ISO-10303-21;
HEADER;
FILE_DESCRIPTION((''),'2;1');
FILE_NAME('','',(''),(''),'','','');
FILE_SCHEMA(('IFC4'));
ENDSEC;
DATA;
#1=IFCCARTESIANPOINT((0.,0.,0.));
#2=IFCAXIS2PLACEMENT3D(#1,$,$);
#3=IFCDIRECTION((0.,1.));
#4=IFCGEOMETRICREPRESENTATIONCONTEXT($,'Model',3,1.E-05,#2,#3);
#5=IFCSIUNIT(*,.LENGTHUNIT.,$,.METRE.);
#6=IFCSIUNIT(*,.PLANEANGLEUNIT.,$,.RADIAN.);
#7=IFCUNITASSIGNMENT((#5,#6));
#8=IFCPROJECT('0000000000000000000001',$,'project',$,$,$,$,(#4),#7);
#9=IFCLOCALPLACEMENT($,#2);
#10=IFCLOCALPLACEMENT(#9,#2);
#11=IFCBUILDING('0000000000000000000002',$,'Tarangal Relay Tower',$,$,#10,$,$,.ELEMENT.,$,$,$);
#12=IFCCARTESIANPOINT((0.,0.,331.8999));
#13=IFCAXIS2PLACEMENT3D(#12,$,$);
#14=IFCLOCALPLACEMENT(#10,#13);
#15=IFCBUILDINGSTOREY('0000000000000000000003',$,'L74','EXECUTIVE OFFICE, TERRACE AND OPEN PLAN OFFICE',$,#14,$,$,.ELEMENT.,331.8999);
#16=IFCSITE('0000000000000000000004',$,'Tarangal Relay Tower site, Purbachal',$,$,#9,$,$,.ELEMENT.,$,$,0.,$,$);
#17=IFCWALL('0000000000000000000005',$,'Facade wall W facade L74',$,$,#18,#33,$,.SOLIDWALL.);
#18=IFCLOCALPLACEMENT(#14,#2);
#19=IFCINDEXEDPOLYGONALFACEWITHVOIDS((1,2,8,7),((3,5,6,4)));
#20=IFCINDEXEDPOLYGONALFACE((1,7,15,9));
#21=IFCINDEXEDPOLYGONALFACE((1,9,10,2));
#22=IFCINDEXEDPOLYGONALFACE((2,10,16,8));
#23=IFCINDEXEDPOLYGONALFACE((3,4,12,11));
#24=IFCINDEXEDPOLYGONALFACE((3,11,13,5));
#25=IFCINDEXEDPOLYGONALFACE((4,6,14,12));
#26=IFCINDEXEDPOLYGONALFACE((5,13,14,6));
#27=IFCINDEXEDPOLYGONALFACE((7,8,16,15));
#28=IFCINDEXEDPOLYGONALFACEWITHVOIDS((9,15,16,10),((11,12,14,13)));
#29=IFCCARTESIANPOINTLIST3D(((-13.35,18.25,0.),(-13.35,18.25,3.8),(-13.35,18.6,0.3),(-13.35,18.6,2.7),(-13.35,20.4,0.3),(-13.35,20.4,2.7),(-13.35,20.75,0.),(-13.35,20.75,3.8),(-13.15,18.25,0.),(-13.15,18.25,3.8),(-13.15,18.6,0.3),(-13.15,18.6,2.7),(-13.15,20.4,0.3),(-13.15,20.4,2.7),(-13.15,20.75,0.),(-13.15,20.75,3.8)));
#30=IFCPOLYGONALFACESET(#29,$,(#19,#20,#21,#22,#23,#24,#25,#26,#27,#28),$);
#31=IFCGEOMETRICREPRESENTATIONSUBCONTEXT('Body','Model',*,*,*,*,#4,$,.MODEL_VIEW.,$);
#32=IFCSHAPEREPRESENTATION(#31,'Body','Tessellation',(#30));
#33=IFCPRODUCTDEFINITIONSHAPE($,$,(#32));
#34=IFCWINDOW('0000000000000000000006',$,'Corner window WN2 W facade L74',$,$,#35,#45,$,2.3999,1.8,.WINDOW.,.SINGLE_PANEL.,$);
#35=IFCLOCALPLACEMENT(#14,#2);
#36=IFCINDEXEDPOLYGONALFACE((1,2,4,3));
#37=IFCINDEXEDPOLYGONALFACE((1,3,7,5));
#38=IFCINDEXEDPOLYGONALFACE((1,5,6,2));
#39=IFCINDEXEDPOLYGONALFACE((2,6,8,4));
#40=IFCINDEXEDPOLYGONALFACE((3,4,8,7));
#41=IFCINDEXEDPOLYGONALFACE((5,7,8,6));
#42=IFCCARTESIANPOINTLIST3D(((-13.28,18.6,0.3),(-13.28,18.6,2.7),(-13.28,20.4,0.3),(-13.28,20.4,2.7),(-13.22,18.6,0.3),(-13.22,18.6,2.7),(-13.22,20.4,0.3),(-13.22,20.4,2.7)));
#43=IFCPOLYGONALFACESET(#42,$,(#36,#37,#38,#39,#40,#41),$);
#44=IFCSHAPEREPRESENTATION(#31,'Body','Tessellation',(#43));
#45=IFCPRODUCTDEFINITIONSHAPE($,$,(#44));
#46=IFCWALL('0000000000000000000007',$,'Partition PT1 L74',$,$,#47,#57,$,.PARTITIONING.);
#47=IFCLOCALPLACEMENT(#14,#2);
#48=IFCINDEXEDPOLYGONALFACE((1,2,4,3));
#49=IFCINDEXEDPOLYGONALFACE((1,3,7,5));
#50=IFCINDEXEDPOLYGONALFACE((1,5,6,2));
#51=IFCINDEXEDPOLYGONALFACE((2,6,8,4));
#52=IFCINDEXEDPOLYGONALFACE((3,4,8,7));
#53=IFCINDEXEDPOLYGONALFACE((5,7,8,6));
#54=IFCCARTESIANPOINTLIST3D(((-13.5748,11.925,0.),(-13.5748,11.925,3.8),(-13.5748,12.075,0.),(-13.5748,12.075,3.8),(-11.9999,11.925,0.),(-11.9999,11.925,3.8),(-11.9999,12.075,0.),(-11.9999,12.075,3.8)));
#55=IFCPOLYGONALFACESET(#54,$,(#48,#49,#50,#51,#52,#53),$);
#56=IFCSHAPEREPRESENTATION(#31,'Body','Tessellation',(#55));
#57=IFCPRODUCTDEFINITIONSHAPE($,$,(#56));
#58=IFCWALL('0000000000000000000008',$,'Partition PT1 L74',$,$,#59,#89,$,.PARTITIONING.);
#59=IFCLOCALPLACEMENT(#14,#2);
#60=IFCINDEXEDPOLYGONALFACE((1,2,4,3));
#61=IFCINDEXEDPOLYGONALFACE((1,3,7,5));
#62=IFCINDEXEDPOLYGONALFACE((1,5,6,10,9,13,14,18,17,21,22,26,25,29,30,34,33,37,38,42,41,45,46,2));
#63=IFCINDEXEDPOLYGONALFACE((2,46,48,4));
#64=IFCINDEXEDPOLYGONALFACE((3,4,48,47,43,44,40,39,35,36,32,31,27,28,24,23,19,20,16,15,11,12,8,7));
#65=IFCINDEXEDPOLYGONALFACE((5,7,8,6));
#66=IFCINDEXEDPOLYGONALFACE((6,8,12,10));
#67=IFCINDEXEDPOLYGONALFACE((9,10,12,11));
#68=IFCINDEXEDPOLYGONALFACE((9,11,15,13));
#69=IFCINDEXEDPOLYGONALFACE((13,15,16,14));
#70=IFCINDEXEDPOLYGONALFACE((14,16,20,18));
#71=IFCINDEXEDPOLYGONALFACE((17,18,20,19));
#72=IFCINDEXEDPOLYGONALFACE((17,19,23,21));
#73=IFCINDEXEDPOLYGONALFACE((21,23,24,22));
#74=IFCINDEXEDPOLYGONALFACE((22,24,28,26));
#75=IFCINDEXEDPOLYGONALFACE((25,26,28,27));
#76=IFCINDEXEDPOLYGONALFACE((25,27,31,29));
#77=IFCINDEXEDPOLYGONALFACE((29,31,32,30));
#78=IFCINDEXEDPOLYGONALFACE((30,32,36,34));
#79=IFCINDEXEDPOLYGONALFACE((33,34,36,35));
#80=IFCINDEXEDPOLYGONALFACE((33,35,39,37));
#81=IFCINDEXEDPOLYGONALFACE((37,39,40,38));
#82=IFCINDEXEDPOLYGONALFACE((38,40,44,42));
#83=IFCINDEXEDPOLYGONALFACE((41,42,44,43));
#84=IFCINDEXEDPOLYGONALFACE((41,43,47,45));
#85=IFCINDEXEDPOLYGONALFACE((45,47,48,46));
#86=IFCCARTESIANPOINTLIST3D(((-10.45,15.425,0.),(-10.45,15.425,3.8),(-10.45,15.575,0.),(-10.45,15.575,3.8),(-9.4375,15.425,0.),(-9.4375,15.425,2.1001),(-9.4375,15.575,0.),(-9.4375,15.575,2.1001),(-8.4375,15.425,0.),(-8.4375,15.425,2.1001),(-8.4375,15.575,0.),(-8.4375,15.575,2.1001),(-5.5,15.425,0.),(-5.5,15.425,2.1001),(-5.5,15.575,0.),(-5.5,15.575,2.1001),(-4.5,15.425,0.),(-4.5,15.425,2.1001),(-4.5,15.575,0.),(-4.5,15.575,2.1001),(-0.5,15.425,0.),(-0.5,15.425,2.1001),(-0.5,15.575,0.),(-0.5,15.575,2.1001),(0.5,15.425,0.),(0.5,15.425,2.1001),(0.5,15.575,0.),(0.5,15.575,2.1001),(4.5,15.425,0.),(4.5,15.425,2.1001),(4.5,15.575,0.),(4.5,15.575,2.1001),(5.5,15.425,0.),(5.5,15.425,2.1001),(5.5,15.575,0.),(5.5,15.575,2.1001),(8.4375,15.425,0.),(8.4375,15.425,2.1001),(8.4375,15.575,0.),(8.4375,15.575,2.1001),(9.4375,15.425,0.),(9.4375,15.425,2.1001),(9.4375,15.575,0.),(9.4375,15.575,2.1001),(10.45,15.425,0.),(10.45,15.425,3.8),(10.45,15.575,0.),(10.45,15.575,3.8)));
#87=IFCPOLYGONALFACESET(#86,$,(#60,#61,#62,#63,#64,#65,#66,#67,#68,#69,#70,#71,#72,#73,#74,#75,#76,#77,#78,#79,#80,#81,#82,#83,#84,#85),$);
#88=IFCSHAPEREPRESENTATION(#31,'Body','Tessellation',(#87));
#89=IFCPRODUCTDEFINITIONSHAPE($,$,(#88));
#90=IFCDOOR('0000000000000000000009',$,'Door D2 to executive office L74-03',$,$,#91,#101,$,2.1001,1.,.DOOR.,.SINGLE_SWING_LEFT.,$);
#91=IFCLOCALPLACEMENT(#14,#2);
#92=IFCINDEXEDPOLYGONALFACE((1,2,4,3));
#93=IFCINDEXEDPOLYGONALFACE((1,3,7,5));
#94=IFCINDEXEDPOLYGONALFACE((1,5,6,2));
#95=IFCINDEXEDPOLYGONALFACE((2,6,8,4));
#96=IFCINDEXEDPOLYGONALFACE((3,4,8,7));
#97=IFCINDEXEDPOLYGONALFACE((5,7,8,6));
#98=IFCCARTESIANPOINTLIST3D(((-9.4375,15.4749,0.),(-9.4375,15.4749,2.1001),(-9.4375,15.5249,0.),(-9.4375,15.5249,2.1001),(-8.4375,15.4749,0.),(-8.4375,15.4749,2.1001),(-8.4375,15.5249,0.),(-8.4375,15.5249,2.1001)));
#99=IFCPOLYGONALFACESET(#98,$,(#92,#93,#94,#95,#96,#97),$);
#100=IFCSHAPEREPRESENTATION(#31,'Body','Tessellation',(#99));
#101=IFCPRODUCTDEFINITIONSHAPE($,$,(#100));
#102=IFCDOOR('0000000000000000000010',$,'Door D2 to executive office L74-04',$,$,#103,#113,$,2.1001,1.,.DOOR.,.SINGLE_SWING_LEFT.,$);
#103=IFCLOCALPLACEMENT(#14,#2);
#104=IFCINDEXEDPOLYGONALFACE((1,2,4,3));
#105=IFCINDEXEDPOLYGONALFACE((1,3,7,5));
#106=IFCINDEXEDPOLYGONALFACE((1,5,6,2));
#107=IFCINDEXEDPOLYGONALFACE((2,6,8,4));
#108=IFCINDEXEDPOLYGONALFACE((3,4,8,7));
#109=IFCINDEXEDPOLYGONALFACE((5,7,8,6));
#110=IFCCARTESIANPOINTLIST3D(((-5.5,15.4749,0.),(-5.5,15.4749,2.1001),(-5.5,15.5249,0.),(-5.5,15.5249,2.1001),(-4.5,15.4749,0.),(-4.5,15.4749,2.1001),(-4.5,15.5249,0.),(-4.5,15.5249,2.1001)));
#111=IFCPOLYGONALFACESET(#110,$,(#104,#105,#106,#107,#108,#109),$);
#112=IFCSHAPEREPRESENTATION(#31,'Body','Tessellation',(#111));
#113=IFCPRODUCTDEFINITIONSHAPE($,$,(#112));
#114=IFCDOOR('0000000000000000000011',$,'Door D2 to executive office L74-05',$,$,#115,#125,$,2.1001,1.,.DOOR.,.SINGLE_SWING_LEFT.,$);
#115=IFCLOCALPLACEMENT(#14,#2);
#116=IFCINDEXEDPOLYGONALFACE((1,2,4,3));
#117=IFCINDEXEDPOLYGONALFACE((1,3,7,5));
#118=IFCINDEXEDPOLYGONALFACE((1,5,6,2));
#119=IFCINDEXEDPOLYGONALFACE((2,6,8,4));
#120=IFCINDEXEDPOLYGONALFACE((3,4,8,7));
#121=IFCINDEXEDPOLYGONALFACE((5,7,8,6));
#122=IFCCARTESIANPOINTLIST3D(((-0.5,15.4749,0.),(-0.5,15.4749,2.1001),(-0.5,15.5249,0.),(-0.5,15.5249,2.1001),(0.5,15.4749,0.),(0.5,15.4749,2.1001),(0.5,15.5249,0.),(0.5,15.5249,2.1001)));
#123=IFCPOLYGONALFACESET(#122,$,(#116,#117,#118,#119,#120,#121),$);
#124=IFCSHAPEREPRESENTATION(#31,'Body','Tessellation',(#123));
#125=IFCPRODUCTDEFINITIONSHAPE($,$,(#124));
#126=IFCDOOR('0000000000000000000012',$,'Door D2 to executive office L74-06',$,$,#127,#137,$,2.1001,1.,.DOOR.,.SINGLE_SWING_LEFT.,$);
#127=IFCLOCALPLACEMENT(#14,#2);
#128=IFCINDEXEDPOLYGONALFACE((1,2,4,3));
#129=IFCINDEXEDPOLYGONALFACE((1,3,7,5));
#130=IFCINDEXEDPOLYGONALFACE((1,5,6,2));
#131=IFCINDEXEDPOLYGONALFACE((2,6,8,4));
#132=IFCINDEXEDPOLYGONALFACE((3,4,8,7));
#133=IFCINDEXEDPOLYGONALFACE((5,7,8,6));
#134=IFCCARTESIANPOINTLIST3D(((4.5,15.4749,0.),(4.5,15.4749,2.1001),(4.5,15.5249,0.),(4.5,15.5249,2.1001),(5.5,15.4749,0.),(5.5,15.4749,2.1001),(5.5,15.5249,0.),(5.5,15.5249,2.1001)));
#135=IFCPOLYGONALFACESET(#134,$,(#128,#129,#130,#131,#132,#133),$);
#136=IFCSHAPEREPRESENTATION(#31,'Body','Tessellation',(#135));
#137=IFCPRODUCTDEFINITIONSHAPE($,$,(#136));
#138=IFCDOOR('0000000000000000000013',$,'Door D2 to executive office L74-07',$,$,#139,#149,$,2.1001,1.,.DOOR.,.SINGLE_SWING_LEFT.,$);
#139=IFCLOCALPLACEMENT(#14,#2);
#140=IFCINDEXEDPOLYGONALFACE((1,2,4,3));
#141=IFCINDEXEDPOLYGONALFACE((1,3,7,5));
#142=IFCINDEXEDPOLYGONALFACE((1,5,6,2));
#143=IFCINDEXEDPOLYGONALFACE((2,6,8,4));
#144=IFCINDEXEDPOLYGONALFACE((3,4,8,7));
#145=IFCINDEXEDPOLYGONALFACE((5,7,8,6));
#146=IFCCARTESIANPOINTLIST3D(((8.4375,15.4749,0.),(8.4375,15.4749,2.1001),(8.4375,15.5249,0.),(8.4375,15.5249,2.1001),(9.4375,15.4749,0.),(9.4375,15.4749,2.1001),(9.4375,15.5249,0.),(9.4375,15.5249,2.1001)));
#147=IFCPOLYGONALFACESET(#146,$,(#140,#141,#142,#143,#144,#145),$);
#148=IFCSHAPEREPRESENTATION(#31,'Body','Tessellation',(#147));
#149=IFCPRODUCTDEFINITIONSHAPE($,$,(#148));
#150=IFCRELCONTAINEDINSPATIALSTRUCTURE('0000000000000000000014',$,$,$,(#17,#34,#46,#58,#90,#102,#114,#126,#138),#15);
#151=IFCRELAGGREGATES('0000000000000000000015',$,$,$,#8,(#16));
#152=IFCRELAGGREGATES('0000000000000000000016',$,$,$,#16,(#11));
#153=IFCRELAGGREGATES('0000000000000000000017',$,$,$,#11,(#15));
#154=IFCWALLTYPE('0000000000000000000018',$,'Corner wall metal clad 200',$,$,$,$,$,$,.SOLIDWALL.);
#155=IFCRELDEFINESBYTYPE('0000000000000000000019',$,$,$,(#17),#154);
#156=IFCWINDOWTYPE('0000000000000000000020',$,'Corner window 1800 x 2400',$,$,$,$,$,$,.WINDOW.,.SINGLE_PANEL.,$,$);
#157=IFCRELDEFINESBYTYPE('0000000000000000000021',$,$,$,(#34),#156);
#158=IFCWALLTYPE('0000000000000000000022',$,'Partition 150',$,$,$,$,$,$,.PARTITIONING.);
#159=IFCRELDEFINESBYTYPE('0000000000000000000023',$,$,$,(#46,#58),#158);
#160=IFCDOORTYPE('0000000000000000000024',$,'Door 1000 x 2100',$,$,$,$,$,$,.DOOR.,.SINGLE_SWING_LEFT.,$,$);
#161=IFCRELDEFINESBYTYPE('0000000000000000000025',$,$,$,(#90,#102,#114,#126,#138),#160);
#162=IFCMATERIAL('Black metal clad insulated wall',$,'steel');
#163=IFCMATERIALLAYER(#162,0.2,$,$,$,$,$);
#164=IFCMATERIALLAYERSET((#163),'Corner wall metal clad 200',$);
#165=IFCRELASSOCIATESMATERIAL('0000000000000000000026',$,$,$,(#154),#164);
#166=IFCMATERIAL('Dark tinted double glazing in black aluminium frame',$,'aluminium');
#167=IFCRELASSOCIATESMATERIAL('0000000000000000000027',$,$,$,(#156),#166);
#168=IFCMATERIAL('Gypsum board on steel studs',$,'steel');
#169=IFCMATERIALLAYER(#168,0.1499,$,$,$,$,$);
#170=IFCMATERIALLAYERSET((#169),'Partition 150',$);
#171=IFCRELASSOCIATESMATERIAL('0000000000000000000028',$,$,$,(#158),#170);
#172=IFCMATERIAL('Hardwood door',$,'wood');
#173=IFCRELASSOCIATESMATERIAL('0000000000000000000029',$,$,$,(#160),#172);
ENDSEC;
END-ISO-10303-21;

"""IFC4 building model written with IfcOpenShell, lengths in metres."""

from ifc_helpers import new_model, si_unit, direction, frame, frame_2d, origin, place, context, subcontext, project, spatial, rectangle, extrude, material, layer, layer_set, type_object, element, fill, save


model = new_model("IFC4")

# Units and contexts
model_context = context("Model", 3, precision=1e-05, world=origin(), true_north=direction((0.0, 1.0)))
body_context = subcontext(model_context, "Body", "Model", "MODEL_VIEW")
ifc_project = project(units=[si_unit("LENGTHUNIT", "METRE"), si_unit("PLANEANGLEUNIT", "RADIAN")], contexts=[model_context])

# Site, building, storey
site_placement = place(None, origin())
site = spatial("IfcSite", under=ifc_project, at=site_placement, Name="Tarangal Relay Tower site, Purbachal", CompositionType="ELEMENT", RefElevation=0.0)
building_placement = place(site_placement, origin())
building = spatial("IfcBuilding", under=site, at=building_placement, Name="Tarangal Relay Tower", CompositionType="ELEMENT")
storey_placement = place(building_placement, frame((0.0, 0.0, 331.8999)))
storey = spatial("IfcBuildingStorey", under=building, at=storey_placement, Name="L74", Description="EXECUTIVE OFFICE, TERRACE AND OPEN PLAN OFFICE", CompositionType="ELEMENT", Elevation=331.8999)

# Wall, opening, window
ifc_material_1 = material(Name="Black metal clad insulated wall", Category="steel")
ifc_layer_1 = layer(ifc_material_1, 0.2)
ifc_layer_set_1 = layer_set([ifc_layer_1], Name="Corner wall metal clad 200")
wall_type_1 = type_object("IfcWallType", Name="Corner wall metal clad 200", PredefinedType="SOLIDWALL", material=ifc_layer_set_1)
wall_1_placement = place(storey_placement, frame((-13.25, 18.25, 0.0), z_axis=(0.0, 0.0, 1.0), x_axis=(0.0, 1.0, 0.0)))
wall_1 = element("IfcWall", 1, at=wall_1_placement, inside=storey, type_object=wall_type_1, Name="Facade wall W facade L74", PredefinedType="SOLIDWALL", context=body_context, shape_type="SweptSolid", body=[
    extrude(rectangle(XDim=2.5, YDim=0.2, at=frame_2d((1.25, 0.0))), origin(), (0.0, 0.0, 1.0), 3.8),
])
opening_1_placement = place(wall_1_placement, frame((0.3501, 0.0, 0.3)))
opening_1 = element("IfcOpeningElement", 2, at=opening_1_placement, cuts=wall_1, PredefinedType="OPENING", context=body_context, shape_type="SweptSolid", body=[
    extrude(rectangle(XDim=1.8, YDim=2.3999, at=frame_2d((0.8999, 1.2))), frame((0.0, 0.1099, 0.0), z_axis=(0.0, -1.0, 0.0), x_axis=(1.0, 0.0, 0.0)), (0.0, 0.0, 1.0), 0.22),
])
ifc_material_2 = material(Name="Dark tinted double glazing in black aluminium frame", Category="aluminium")
window_type = type_object("IfcWindowType", Name="Corner window 1800 x 2400", PartitioningType="SINGLE_PANEL", PredefinedType="WINDOW", material=ifc_material_2)
window_placement = place(opening_1_placement, origin())
window = element("IfcWindow", 3, at=window_placement, inside=storey, type_object=window_type, Name="Corner window WN2 W facade L74", OverallHeight=2.3999, OverallWidth=1.8, PartitioningType="SINGLE_PANEL", PredefinedType="WINDOW", context=body_context, shape_type="SweptSolid", body=[
    extrude(rectangle(XDim=1.8, YDim=2.3999, at=frame_2d((0.8999, 1.2))), frame((0.0, 0.03, 0.0), z_axis=(0.0, -1.0, 0.0), x_axis=(1.0, 0.0, 0.0)), (0.0, 0.0, 1.0), 0.0601),
])
fill(opening_1, window)

# Wall
ifc_material_3 = material(Name="Gypsum board on steel studs", Category="steel")
ifc_layer_2 = layer(ifc_material_3, 0.1499)
ifc_layer_set_2 = layer_set([ifc_layer_2], Name="Partition 150")
wall_type_2 = type_object("IfcWallType", Name="Partition 150", PredefinedType="PARTITIONING", material=ifc_layer_set_2)
wall_2_placement = place(storey_placement, frame((-13.575, 12.0, 0.0), z_axis=(0.0, 0.0, 1.0), x_axis=(1.0, 0.0, 0.0)))
element("IfcWall", 4, at=wall_2_placement, inside=storey, type_object=wall_type_2, Name="Partition PT1 L74", PredefinedType="PARTITIONING", context=body_context, shape_type="SweptSolid", body=[
    extrude(rectangle(XDim=1.575, YDim=0.1499, at=frame_2d((0.7876, 0.0))), origin(), (0.0, 0.0, 1.0), 3.8),
])

# Wall, openings, doors
wall_3_placement = place(storey_placement, frame((-10.45, 15.5, 0.0), z_axis=(0.0, 0.0, 1.0), x_axis=(1.0, 0.0, 0.0)))
wall_3 = element("IfcWall", 5, at=wall_3_placement, inside=storey, type_object=wall_type_2, Name="Partition PT1 L74", PredefinedType="PARTITIONING", context=body_context, shape_type="SweptSolid", body=[
    extrude(rectangle(XDim=20.8999, YDim=0.1499, at=frame_2d((10.45, 0.0))), origin(), (0.0, 0.0, 1.0), 3.8),
])
opening_2_placement = place(wall_3_placement, frame((1.0125, 0.0, 0.0)))
opening_2 = element("IfcOpeningElement", 6, at=opening_2_placement, cuts=wall_3, PredefinedType="OPENING", context=body_context, shape_type="SweptSolid", body=[
    extrude(rectangle(XDim=1.0, YDim=2.1001, at=frame_2d((0.5, 1.05))), frame((0.0, 0.085, 0.0), z_axis=(0.0, -1.0, 0.0), x_axis=(1.0, 0.0, 0.0)), (0.0, 0.0, 1.0), 0.1699),
])
opening_3_placement = place(wall_3_placement, frame((4.95, 0.0, 0.0)))
opening_3 = element("IfcOpeningElement", 7, at=opening_3_placement, cuts=wall_3, PredefinedType="OPENING", context=body_context, shape_type="SweptSolid", body=[
    extrude(rectangle(XDim=1.0, YDim=2.1001, at=frame_2d((0.5, 1.05))), frame((0.0, 0.085, 0.0), z_axis=(0.0, -1.0, 0.0), x_axis=(1.0, 0.0, 0.0)), (0.0, 0.0, 1.0), 0.1699),
])
opening_4_placement = place(wall_3_placement, frame((9.95, 0.0, 0.0)))
opening_4 = element("IfcOpeningElement", 8, at=opening_4_placement, cuts=wall_3, PredefinedType="OPENING", context=body_context, shape_type="SweptSolid", body=[
    extrude(rectangle(XDim=1.0, YDim=2.1001, at=frame_2d((0.5, 1.05))), frame((0.0, 0.085, 0.0), z_axis=(0.0, -1.0, 0.0), x_axis=(1.0, 0.0, 0.0)), (0.0, 0.0, 1.0), 0.1699),
])
opening_5_placement = place(wall_3_placement, frame((14.95, 0.0, 0.0)))
opening_5 = element("IfcOpeningElement", 9, at=opening_5_placement, cuts=wall_3, PredefinedType="OPENING", context=body_context, shape_type="SweptSolid", body=[
    extrude(rectangle(XDim=1.0, YDim=2.1001, at=frame_2d((0.5, 1.05))), frame((0.0, 0.085, 0.0), z_axis=(0.0, -1.0, 0.0), x_axis=(1.0, 0.0, 0.0)), (0.0, 0.0, 1.0), 0.1699),
])
opening_6_placement = place(wall_3_placement, frame((18.8875, 0.0, 0.0)))
opening_6 = element("IfcOpeningElement", 10, at=opening_6_placement, cuts=wall_3, PredefinedType="OPENING", context=body_context, shape_type="SweptSolid", body=[
    extrude(rectangle(XDim=1.0, YDim=2.1001, at=frame_2d((0.5, 1.05))), frame((0.0, 0.085, 0.0), z_axis=(0.0, -1.0, 0.0), x_axis=(1.0, 0.0, 0.0)), (0.0, 0.0, 1.0), 0.1699),
])
ifc_material_4 = material(Name="Hardwood door", Category="wood")
door_type_1 = type_object("IfcDoorType", Name="Door 1000 x 2100", OperationType="SINGLE_SWING_LEFT", PredefinedType="DOOR", material=ifc_material_4)
door_1_placement = place(opening_2_placement, origin())
door_1 = element("IfcDoor", 11, at=door_1_placement, inside=storey, type_object=door_type_1, Name="Door D2 to executive office L74-03", OperationType="SINGLE_SWING_LEFT", OverallHeight=2.1001, OverallWidth=1.0, PredefinedType="DOOR", context=body_context, shape_type="SweptSolid", body=[
    extrude(rectangle(XDim=1.0, YDim=2.1001, at=frame_2d((0.5, 1.05))), frame((0.0, 0.0249, 0.0), z_axis=(0.0, -1.0, 0.0), x_axis=(1.0, 0.0, 0.0)), (0.0, 0.0, 1.0), 0.05),
])
fill(opening_2, door_1)
door_2_placement = place(opening_3_placement, origin())
door_2 = element("IfcDoor", 12, at=door_2_placement, inside=storey, type_object=door_type_1, Name="Door D2 to executive office L74-04", OperationType="SINGLE_SWING_LEFT", OverallHeight=2.1001, OverallWidth=1.0, PredefinedType="DOOR", context=body_context, shape_type="SweptSolid", body=[
    extrude(rectangle(XDim=1.0, YDim=2.1001, at=frame_2d((0.5, 1.05))), frame((0.0, 0.0249, 0.0), z_axis=(0.0, -1.0, 0.0), x_axis=(1.0, 0.0, 0.0)), (0.0, 0.0, 1.0), 0.05),
])
fill(opening_3, door_2)
door_3_placement = place(opening_4_placement, origin())
door_3 = element("IfcDoor", 13, at=door_3_placement, inside=storey, type_object=door_type_1, Name="Door D2 to executive office L74-05", OperationType="SINGLE_SWING_LEFT", OverallHeight=2.1001, OverallWidth=1.0, PredefinedType="DOOR", context=body_context, shape_type="SweptSolid", body=[
    extrude(rectangle(XDim=1.0, YDim=2.1001, at=frame_2d((0.5, 1.05))), frame((0.0, 0.0249, 0.0), z_axis=(0.0, -1.0, 0.0), x_axis=(1.0, 0.0, 0.0)), (0.0, 0.0, 1.0), 0.05),
])
fill(opening_4, door_3)
door_4_placement = place(opening_5_placement, origin())
door_4 = element("IfcDoor", 14, at=door_4_placement, inside=storey, type_object=door_type_1, Name="Door D2 to executive office L74-06", OperationType="SINGLE_SWING_LEFT", OverallHeight=2.1001, OverallWidth=1.0, PredefinedType="DOOR", context=body_context, shape_type="SweptSolid", body=[
    extrude(rectangle(XDim=1.0, YDim=2.1001, at=frame_2d((0.5, 1.05))), frame((0.0, 0.0249, 0.0), z_axis=(0.0, -1.0, 0.0), x_axis=(1.0, 0.0, 0.0)), (0.0, 0.0, 1.0), 0.05),
])
fill(opening_5, door_4)
door_5_placement = place(opening_6_placement, origin())
door_5 = element("IfcDoor", 15, at=door_5_placement, inside=storey, type_object=door_type_1, Name="Door D2 to executive office L74-07", OperationType="SINGLE_SWING_LEFT", OverallHeight=2.1001, OverallWidth=1.0, PredefinedType="DOOR", context=body_context, shape_type="SweptSolid", body=[
    extrude(rectangle(XDim=1.0, YDim=2.1001, at=frame_2d((0.5, 1.05))), frame((0.0, 0.0249, 0.0), z_axis=(0.0, -1.0, 0.0), x_axis=(1.0, 0.0, 0.0)), (0.0, 0.0, 1.0), 0.05),
])
fill(opening_6, door_5)

save(model, "model.ifc")
